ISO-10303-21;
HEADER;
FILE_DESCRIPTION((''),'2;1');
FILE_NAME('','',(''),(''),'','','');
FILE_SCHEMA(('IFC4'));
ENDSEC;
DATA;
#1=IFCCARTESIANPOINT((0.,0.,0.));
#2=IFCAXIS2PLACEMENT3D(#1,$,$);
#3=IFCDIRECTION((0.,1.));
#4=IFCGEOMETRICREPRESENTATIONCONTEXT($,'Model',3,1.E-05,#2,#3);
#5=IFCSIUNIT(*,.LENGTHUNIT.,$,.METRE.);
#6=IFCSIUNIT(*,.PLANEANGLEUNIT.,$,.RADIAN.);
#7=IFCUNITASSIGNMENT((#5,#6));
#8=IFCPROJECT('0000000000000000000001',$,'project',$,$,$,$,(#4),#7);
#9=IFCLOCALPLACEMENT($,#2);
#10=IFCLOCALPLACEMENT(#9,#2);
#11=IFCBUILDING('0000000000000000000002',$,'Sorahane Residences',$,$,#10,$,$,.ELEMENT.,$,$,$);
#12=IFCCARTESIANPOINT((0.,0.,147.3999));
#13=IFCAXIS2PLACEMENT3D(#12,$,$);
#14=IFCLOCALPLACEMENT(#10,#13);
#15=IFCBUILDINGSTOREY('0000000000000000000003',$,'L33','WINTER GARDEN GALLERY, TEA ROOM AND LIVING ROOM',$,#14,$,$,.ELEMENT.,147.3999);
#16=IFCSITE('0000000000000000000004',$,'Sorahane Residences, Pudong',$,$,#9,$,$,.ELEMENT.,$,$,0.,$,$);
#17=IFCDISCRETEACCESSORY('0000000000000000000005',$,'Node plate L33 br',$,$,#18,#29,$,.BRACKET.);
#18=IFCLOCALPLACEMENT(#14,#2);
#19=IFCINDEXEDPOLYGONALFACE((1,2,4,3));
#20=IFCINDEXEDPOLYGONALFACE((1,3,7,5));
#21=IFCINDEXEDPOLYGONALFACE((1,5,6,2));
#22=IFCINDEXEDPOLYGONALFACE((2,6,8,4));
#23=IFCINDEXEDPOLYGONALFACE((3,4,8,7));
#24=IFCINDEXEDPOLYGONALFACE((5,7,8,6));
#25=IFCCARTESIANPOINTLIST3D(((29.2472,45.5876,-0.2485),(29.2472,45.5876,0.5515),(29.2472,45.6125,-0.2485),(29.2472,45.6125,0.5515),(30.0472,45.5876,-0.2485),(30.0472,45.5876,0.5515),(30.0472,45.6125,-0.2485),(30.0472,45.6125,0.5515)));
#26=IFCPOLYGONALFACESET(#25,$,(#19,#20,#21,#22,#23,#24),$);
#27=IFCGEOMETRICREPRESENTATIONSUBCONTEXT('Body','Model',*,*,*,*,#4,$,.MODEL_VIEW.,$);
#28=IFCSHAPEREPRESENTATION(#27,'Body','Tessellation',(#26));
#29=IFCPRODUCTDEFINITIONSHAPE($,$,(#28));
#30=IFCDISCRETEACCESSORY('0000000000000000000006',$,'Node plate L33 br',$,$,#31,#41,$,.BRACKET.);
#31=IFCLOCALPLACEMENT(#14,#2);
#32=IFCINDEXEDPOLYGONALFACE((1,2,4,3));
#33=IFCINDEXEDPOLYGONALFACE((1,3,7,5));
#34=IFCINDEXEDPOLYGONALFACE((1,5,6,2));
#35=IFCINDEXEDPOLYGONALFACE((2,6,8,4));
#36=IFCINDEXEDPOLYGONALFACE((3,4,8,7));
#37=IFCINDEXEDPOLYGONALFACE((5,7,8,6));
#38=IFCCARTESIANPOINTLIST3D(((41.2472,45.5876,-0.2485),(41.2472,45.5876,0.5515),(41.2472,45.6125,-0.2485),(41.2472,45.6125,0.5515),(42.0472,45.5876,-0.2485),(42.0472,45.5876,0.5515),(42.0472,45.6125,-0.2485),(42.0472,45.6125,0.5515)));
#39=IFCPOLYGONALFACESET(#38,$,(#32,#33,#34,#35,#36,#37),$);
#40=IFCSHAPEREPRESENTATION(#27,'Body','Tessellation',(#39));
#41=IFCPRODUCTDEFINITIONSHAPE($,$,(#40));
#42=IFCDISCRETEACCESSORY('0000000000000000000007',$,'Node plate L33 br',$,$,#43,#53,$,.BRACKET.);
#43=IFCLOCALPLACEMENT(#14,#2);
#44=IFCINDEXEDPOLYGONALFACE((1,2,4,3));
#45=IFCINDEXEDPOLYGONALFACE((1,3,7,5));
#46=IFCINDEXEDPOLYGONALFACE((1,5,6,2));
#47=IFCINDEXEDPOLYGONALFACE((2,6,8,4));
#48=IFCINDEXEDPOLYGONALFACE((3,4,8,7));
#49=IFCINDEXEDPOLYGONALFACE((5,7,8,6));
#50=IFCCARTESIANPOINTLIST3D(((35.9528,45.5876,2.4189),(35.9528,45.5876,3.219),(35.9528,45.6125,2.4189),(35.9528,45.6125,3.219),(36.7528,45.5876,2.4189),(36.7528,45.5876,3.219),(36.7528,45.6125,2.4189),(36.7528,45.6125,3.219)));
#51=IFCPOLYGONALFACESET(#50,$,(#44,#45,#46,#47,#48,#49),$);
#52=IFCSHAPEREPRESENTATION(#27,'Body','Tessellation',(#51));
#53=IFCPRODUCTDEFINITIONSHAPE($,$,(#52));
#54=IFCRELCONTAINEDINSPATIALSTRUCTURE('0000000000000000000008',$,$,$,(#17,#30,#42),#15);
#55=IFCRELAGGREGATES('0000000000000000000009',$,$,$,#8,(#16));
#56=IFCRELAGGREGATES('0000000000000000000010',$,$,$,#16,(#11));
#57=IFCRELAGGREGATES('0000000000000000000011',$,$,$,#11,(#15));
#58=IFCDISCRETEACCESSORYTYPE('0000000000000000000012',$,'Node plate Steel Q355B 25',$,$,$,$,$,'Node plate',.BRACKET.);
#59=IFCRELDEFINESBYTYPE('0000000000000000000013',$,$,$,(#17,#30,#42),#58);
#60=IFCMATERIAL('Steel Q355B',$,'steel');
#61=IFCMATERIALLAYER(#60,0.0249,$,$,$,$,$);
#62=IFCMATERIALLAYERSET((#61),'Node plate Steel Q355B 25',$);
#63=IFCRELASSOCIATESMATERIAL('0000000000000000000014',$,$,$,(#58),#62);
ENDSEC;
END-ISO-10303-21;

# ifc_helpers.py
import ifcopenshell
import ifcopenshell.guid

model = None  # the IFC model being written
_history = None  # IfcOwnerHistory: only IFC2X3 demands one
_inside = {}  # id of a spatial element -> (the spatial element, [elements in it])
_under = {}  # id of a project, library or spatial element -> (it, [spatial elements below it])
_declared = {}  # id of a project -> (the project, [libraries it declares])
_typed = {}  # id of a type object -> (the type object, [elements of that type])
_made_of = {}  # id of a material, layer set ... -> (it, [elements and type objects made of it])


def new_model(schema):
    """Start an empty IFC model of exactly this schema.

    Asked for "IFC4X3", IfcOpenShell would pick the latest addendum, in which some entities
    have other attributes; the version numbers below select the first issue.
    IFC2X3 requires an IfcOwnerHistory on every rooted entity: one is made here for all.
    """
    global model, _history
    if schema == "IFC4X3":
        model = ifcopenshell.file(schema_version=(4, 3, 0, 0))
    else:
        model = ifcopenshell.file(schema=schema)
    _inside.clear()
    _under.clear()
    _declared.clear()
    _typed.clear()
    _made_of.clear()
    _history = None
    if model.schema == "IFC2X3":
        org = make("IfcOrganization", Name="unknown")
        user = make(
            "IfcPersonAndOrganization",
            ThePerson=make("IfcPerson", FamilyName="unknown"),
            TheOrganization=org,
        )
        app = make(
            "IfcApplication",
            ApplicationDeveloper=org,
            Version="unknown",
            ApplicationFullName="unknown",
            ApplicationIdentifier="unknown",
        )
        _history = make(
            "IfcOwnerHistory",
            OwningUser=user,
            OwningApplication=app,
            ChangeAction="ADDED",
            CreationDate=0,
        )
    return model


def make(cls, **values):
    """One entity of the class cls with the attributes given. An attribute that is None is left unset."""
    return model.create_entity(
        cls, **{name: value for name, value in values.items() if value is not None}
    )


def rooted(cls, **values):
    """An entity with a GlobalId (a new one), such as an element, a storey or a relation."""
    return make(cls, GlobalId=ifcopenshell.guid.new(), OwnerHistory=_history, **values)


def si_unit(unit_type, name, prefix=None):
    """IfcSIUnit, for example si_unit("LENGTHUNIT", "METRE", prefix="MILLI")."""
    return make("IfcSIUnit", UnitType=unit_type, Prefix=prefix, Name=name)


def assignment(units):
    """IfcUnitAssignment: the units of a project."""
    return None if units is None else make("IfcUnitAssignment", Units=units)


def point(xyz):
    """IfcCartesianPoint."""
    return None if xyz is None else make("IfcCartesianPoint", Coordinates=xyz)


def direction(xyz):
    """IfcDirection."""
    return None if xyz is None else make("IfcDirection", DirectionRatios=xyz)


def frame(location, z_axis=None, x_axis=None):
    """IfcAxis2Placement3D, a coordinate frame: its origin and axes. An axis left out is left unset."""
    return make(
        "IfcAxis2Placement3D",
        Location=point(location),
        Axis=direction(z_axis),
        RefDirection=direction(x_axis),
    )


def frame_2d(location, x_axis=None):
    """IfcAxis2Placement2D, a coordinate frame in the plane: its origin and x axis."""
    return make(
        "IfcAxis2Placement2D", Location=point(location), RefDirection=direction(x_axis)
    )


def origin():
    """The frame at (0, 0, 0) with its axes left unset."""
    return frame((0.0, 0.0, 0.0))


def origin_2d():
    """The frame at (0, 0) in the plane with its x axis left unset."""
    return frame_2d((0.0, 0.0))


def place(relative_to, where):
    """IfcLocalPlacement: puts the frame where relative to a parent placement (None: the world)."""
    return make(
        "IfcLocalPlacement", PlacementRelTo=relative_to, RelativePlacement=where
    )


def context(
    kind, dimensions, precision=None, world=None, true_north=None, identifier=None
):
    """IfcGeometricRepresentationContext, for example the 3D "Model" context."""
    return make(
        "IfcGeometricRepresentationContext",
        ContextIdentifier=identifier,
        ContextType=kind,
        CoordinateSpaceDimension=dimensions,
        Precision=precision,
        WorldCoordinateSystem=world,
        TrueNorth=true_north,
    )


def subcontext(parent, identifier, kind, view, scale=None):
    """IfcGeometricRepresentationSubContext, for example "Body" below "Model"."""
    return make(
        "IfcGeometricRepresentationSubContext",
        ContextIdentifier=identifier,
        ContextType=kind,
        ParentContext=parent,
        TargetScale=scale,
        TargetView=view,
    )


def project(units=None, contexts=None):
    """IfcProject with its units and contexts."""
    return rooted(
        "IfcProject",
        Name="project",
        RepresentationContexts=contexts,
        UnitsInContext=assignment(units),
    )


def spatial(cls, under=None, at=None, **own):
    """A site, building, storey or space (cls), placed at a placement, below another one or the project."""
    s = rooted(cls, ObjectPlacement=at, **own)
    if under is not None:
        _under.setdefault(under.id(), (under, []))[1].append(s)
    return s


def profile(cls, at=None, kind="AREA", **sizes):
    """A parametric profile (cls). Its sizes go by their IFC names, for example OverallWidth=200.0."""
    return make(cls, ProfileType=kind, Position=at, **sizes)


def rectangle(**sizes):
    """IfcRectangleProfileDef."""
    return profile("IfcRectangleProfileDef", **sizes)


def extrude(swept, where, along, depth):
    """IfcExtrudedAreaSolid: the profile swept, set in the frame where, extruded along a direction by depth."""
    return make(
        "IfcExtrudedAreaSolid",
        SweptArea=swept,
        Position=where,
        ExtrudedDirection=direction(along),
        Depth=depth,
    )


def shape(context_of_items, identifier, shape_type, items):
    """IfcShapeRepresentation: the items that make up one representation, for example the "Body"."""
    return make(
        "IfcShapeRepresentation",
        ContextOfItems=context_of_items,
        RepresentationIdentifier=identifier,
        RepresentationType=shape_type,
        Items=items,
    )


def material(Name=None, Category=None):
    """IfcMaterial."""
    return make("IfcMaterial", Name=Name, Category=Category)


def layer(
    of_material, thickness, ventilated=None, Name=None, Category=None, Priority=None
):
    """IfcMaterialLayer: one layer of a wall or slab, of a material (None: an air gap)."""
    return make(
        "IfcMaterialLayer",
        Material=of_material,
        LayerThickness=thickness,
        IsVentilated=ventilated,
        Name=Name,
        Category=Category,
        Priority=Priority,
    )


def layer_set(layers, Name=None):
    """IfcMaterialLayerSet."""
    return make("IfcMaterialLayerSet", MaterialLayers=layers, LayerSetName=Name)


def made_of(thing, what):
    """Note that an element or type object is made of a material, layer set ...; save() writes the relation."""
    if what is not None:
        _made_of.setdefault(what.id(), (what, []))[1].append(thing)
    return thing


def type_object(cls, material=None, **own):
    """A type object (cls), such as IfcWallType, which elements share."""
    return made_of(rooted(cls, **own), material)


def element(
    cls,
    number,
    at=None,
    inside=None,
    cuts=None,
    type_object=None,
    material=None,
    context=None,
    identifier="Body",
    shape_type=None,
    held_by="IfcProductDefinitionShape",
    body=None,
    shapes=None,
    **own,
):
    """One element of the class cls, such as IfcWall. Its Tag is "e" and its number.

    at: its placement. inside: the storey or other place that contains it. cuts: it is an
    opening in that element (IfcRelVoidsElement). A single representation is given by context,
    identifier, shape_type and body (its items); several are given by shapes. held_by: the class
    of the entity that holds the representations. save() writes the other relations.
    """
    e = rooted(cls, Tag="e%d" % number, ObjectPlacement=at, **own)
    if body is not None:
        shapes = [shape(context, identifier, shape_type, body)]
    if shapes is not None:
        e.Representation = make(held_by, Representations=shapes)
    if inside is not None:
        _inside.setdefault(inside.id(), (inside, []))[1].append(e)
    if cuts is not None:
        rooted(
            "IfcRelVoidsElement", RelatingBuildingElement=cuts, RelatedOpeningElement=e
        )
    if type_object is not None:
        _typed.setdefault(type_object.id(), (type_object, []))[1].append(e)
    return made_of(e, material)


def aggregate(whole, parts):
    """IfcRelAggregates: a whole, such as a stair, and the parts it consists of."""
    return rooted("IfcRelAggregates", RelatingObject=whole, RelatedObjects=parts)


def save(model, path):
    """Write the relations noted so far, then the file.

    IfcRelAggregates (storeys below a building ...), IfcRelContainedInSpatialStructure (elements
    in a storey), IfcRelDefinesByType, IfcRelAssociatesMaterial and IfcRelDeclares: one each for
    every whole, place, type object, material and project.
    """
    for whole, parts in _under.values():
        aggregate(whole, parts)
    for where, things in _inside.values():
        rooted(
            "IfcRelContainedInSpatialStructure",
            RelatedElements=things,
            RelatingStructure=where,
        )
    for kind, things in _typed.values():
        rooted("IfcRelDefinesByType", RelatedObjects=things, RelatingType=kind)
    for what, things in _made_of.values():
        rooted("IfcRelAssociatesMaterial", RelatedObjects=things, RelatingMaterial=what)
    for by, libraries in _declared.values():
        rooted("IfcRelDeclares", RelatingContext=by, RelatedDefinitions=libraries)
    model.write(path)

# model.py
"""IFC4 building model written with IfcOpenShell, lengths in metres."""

from ifc_helpers import new_model, si_unit, direction, frame, origin, origin_2d, place, context, subcontext, project, spatial, rectangle, extrude, material, layer, layer_set, type_object, element, save


model = new_model("IFC4")

# Units and contexts
model_context = context("Model", 3, precision=1e-05, world=origin(), true_north=direction((0.0, 1.0)))
body_context = subcontext(model_context, "Body", "Model", "MODEL_VIEW")
ifc_project = project(units=[si_unit("LENGTHUNIT", "METRE"), si_unit("PLANEANGLEUNIT", "RADIAN")], contexts=[model_context])

# Site, building, storey
site_placement = place(None, origin())
site = spatial("IfcSite", under=ifc_project, at=site_placement, Name="Sorahane Residences, Pudong", CompositionType="ELEMENT", RefElevation=0.0)
building_placement = place(site_placement, origin())
building = spatial("IfcBuilding", under=site, at=building_placement, Name="Sorahane Residences", CompositionType="ELEMENT")
storey_placement = place(building_placement, frame((0.0, 0.0, 147.3999)))
storey = spatial("IfcBuildingStorey", under=building, at=storey_placement, Name="L33", Description="WINTER GARDEN GALLERY, TEA ROOM AND LIVING ROOM", CompositionType="ELEMENT", Elevation=147.3999)

# Discrete accessories
ifc_material_1 = material(Name="Steel Q355B", Category="steel")
ifc_layer_1 = layer(ifc_material_1, 0.0249)
ifc_layer_set_1 = layer_set([ifc_layer_1], Name="Node plate Steel Q355B 25")
discrete_accessory_type = type_object("IfcDiscreteAccessoryType", Name="Node plate Steel Q355B 25", ElementType="Node plate", PredefinedType="BRACKET", material=ifc_layer_set_1)
for number, where, z_axis, x_axis, name in (
    (1, (29.6472, 45.6001, -0.2485), (0.0, 0.0, 1.0), (1.0, 0.0, 0.0), "Node plate L33 br"),
    (2, (41.6472, 45.6001, -0.2485), (0.0, 0.0, 1.0), (1.0, 0.0, 0.0), "Node plate L33 br"),
    (3, (36.3528, 45.6001, 2.4189), (0.0, 0.0, 1.0), (1.0, 0.0, 0.0), "Node plate L33 br"),
):
    element("IfcDiscreteAccessory", number, at=place(storey_placement, frame(where, z_axis=z_axis, x_axis=x_axis)), inside=storey, type_object=discrete_accessory_type, Name=name, PredefinedType="BRACKET", context=body_context, shape_type="SweptSolid", body=[
        extrude(rectangle(XDim=0.8, YDim=0.0249, at=origin_2d()), origin(), (0.0, 0.0, 1.0), 0.8),
    ])

save(model, "model.ifc")
